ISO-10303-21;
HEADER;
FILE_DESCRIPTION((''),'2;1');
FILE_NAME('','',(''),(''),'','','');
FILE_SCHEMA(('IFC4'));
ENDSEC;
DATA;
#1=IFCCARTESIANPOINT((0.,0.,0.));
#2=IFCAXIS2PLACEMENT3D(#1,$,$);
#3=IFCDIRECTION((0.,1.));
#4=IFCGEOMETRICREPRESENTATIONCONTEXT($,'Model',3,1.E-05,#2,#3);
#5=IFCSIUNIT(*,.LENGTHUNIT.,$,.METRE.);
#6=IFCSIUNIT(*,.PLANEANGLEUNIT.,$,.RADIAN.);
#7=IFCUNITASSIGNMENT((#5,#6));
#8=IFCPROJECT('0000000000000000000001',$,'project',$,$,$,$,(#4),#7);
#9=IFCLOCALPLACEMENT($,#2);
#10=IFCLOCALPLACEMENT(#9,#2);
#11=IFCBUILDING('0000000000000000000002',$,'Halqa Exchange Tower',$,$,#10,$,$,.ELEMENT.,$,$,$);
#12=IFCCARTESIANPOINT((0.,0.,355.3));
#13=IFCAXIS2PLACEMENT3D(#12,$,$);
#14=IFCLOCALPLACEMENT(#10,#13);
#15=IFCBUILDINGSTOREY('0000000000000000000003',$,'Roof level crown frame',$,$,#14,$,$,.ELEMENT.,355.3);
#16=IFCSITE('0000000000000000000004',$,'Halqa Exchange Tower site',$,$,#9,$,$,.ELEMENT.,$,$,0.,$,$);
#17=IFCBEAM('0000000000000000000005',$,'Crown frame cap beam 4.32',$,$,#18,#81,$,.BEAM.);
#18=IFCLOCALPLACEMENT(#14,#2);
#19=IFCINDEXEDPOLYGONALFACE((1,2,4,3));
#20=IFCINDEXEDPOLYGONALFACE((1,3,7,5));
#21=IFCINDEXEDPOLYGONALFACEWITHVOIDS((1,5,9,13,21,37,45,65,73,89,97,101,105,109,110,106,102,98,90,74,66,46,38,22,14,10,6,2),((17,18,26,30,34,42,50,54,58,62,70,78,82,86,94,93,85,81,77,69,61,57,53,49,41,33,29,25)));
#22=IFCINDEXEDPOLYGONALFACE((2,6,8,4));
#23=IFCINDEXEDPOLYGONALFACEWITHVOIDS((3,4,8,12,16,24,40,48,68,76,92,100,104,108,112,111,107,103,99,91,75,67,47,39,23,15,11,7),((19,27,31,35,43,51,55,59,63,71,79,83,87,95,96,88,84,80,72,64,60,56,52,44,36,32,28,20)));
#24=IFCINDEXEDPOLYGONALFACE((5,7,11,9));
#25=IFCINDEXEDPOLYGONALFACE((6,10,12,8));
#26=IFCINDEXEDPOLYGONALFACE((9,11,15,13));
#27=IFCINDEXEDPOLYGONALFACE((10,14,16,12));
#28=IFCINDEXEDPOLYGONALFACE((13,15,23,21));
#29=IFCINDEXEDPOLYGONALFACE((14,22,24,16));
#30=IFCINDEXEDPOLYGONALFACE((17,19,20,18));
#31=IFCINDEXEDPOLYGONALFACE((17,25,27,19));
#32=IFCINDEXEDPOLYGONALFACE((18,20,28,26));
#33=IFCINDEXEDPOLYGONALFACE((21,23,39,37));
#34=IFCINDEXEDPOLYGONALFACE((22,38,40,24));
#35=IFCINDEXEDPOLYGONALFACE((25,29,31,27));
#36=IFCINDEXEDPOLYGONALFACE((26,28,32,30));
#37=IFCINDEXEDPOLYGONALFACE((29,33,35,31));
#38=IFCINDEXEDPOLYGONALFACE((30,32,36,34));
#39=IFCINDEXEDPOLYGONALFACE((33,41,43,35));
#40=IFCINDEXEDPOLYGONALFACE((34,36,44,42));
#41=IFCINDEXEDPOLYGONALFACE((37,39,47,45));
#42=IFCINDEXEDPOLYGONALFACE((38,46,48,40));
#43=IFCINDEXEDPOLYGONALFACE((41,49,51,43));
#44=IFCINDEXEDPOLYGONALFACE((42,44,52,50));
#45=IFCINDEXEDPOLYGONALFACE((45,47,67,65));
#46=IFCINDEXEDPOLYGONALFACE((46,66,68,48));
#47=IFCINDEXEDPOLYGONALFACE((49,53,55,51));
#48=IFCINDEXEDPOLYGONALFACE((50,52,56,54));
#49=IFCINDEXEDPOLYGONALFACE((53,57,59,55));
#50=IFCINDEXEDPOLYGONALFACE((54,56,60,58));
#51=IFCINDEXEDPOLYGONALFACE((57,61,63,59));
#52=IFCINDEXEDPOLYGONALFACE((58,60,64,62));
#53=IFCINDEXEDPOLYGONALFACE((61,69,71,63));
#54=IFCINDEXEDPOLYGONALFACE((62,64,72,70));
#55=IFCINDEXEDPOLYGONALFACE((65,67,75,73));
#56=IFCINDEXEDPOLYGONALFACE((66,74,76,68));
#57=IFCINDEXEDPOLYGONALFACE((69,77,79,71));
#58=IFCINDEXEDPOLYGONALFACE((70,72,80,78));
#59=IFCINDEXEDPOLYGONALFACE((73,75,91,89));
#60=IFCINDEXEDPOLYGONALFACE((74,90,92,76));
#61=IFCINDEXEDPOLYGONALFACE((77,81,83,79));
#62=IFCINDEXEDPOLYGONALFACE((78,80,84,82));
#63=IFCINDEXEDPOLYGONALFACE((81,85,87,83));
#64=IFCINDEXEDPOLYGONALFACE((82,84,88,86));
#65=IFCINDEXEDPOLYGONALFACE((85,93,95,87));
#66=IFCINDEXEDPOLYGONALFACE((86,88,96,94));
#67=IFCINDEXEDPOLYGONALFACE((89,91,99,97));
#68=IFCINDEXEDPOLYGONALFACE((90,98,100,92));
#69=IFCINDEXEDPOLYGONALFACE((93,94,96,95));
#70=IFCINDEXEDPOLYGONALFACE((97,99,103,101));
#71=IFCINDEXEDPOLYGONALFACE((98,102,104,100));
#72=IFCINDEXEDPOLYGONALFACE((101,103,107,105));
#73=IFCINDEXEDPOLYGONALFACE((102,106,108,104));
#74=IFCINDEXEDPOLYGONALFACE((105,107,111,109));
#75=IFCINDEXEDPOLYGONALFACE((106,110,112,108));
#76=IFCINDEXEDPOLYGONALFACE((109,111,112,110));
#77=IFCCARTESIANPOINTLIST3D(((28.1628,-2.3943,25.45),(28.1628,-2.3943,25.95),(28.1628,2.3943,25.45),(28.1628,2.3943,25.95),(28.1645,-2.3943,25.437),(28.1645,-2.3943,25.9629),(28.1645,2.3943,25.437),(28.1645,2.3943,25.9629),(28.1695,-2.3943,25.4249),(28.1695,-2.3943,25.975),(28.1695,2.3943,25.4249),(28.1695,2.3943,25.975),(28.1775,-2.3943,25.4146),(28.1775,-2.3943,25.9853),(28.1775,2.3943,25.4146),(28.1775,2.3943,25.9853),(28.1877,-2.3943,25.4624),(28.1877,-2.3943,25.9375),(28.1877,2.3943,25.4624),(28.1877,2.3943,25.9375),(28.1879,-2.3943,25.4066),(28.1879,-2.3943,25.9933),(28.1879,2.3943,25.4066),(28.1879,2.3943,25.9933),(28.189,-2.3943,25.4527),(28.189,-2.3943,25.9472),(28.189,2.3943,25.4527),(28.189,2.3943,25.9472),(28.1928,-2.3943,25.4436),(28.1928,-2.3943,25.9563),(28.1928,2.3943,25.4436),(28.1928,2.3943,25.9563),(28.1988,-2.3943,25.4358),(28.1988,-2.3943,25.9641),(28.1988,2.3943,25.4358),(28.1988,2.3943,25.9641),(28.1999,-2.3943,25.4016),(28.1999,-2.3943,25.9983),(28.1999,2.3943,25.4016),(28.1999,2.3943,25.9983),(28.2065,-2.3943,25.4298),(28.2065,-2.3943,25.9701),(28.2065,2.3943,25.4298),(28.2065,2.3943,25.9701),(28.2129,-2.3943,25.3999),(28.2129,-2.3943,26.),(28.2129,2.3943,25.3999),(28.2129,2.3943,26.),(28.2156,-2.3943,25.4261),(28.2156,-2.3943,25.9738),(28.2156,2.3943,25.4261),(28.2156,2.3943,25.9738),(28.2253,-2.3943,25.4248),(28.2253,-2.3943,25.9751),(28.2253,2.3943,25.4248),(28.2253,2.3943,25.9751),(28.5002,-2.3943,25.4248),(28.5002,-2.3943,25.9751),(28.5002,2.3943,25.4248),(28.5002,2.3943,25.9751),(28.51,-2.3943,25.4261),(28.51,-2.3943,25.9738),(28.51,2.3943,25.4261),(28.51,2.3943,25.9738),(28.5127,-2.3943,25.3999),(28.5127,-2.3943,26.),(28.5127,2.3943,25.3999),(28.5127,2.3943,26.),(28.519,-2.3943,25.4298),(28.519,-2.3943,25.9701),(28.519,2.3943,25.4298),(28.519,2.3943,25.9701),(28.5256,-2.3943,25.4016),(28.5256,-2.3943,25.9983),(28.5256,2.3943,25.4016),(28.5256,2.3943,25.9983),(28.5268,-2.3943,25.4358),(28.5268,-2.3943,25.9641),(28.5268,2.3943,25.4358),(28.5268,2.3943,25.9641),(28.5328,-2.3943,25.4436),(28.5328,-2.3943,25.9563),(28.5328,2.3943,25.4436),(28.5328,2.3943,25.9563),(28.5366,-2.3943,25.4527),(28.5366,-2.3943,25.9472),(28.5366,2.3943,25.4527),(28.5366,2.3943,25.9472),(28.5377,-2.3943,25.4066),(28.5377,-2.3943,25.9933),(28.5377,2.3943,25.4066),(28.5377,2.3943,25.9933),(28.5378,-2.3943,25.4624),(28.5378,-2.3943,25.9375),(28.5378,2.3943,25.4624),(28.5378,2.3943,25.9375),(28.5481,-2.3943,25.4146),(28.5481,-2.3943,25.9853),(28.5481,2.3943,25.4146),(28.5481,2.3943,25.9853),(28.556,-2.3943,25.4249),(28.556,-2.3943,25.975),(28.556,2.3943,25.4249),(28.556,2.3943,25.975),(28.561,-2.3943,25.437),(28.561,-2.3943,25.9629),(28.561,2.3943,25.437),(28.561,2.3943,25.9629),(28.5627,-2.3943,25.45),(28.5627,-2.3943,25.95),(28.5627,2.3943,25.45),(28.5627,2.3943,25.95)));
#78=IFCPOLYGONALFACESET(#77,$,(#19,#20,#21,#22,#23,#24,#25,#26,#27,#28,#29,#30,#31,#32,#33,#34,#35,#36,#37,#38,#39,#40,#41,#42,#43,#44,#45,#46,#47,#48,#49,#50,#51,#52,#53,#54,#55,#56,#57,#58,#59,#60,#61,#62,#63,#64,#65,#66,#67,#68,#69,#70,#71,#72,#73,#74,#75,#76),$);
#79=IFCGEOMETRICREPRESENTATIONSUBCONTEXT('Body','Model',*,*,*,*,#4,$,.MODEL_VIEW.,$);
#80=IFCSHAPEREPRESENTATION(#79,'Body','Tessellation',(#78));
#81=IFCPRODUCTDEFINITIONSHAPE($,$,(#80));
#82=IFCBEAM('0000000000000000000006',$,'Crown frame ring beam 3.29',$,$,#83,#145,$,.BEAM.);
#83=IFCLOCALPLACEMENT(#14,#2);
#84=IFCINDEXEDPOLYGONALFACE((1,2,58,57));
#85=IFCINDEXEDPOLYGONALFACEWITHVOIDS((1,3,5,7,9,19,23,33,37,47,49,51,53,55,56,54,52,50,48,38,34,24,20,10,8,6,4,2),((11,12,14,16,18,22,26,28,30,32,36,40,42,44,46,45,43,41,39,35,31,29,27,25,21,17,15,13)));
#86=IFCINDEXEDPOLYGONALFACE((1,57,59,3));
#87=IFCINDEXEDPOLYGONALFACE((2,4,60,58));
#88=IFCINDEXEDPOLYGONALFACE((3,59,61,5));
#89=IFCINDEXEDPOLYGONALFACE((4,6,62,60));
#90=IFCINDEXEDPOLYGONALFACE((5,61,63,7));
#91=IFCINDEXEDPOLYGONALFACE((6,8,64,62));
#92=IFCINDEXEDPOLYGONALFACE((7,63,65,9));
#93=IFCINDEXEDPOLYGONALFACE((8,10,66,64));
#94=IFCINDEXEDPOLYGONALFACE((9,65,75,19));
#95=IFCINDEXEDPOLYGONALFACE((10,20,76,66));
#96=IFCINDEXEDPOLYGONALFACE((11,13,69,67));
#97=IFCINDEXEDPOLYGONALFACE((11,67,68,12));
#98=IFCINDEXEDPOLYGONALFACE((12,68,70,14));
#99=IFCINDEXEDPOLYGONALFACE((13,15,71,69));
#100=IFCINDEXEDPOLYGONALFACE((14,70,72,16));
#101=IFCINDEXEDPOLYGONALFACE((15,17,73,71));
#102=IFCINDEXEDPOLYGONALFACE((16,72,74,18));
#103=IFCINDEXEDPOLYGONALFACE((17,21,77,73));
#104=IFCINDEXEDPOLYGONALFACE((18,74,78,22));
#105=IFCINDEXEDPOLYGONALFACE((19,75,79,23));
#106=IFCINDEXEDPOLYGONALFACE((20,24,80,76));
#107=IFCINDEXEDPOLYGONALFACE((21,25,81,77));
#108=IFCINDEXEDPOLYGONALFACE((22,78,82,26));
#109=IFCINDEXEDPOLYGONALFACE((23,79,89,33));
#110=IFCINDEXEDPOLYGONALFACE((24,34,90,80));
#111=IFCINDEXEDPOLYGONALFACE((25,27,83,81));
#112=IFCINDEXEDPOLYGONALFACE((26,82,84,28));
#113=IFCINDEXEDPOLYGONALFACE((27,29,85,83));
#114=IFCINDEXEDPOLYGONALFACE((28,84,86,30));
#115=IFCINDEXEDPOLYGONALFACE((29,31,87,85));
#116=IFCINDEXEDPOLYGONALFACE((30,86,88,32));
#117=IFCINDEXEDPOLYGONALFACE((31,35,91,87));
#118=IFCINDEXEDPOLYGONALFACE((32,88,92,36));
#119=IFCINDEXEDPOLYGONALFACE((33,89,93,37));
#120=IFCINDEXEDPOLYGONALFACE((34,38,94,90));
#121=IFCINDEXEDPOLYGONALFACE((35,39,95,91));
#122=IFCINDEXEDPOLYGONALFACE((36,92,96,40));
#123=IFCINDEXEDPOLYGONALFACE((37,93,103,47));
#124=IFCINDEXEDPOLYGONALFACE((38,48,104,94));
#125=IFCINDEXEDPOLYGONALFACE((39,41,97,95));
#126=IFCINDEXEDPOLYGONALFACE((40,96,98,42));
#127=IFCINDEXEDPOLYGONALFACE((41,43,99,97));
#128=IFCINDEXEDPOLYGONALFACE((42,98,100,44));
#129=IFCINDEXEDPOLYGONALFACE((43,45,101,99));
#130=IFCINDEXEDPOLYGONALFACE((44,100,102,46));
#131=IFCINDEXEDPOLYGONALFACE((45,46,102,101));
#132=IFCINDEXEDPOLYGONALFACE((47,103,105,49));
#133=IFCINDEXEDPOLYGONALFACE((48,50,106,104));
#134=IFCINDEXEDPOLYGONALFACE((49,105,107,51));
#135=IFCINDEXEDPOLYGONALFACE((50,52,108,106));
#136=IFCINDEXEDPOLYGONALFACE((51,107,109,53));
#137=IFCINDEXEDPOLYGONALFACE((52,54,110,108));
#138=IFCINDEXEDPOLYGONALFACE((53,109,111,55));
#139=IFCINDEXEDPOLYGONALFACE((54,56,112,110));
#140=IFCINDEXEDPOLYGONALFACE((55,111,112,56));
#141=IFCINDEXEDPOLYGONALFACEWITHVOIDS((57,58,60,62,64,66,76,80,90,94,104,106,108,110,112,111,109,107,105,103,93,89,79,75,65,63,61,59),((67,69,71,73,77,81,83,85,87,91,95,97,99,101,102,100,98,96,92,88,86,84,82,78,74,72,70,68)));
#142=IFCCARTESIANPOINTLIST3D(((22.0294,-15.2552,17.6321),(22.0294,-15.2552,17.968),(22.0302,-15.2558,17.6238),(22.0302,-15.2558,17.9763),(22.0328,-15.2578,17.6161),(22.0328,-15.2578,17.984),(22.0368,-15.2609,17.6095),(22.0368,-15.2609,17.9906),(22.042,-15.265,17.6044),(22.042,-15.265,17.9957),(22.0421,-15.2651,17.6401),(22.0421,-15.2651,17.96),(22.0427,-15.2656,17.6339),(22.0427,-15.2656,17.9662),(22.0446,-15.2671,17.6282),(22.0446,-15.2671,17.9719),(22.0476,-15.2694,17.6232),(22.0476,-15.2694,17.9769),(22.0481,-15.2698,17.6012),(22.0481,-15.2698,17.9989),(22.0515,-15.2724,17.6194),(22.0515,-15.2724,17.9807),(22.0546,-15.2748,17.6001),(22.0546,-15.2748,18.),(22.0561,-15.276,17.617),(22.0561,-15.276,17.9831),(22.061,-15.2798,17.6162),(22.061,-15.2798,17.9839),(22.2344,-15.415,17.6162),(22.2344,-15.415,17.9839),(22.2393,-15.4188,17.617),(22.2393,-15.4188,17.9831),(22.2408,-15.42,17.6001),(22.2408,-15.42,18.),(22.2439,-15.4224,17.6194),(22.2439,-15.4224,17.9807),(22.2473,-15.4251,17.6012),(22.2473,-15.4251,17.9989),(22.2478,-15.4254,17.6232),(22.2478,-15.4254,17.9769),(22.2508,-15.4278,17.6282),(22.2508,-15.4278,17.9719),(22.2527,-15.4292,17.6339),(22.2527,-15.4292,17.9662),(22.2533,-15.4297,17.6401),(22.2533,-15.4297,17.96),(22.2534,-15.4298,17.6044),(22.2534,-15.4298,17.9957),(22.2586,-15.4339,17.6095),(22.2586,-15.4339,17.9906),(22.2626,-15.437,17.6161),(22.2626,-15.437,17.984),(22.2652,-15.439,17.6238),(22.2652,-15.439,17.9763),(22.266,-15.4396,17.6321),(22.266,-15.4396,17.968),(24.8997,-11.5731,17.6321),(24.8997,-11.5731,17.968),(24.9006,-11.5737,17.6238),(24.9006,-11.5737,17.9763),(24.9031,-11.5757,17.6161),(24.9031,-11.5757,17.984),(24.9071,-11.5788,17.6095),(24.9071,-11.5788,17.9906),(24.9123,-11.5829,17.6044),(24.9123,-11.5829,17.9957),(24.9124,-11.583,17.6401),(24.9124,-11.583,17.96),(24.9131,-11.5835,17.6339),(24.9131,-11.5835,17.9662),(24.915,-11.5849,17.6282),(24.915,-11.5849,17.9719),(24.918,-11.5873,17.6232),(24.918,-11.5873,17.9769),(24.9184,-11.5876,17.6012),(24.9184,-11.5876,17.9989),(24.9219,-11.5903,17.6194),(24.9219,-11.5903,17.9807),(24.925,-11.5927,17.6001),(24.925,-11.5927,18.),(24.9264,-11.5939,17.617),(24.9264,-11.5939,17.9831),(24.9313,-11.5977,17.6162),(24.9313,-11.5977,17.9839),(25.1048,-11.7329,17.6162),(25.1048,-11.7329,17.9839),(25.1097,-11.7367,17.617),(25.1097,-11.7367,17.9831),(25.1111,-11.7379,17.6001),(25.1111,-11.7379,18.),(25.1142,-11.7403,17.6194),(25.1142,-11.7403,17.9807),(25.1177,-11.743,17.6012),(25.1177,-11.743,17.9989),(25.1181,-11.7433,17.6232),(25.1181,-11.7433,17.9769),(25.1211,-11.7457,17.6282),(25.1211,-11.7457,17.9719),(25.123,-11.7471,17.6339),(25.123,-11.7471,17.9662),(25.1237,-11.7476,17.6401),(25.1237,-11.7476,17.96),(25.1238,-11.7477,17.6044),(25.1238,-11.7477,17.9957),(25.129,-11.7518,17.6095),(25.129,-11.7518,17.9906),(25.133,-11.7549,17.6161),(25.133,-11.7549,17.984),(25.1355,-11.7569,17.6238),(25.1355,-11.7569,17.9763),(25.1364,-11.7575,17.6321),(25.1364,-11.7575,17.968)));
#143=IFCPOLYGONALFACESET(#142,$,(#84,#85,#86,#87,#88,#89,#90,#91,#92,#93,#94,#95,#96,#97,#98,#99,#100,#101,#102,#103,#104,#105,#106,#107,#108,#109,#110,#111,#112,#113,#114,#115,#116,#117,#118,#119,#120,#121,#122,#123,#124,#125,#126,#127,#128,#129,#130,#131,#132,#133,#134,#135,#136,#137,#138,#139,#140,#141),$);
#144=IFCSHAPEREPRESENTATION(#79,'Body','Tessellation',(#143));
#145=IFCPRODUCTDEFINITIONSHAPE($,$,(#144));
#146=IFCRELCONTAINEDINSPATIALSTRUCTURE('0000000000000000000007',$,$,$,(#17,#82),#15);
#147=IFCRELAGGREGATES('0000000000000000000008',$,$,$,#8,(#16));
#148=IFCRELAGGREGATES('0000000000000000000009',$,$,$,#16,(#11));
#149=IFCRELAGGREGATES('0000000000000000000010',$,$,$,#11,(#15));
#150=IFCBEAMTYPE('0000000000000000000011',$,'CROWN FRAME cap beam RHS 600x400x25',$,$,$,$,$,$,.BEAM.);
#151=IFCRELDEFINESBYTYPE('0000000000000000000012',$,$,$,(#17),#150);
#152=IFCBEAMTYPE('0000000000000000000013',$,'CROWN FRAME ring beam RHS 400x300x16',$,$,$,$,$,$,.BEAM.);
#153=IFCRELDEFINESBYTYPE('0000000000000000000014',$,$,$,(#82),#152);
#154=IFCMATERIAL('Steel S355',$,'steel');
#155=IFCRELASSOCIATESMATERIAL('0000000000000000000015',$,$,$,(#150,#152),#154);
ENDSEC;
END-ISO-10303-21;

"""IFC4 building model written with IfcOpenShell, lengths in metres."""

from ifc_helpers import new_model, si_unit, direction, frame, origin, origin_2d, place, context, subcontext, project, spatial, hollow_rectangle, extrude, material, material_profile, profile_set, type_object, element, save


model = new_model("IFC4")

# Units and contexts
model_context = context("Model", 3, precision=1e-05, world=origin(), true_north=direction((0.0, 1.0)))
body_context = subcontext(model_context, "Body", "Model", "MODEL_VIEW")
ifc_project = project(units=[si_unit("LENGTHUNIT", "METRE"), si_unit("PLANEANGLEUNIT", "RADIAN")], contexts=[model_context])

# Site, building, storey
site_placement = place(None, origin())
site = spatial("IfcSite", under=ifc_project, at=site_placement, Name="Halqa Exchange Tower site", CompositionType="ELEMENT", RefElevation=0.0)
building_placement = place(site_placement, origin())
building = spatial("IfcBuilding", under=site, at=building_placement, Name="Halqa Exchange Tower", CompositionType="ELEMENT")
storey_placement = place(building_placement, frame((0.0, 0.0, 355.3)))
storey = spatial("IfcBuildingStorey", under=building, at=storey_placement, Name="Roof level crown frame", CompositionType="ELEMENT", Elevation=355.3)

# Shared definitions
ifc_material_1 = material(Name="Steel S355", Category="steel")

# Beams
ifc_material_profile_1 = material_profile(ifc_material_1, hollow_rectangle(XDim=0.3999, YDim=0.6001, WallThickness=0.0249, InnerFilletRadius=0.0376, OuterFilletRadius=0.05, at=origin_2d()), Name="RHS 600x400x25")
ifc_profile_set_1 = profile_set([ifc_material_profile_1], Name="Steel S355")
beam_type_1 = type_object("IfcBeamType", Name="CROWN FRAME cap beam RHS 600x400x25", PredefinedType="BEAM", material=ifc_profile_set_1)
beam_1_placement = place(storey_placement, frame((28.3628, -2.3943, 25.7), z_axis=(0.0, 1.0, 0.0), x_axis=(-1.0, 0.0, 0.0)))
element("IfcBeam", 1, at=beam_1_placement, inside=storey, type_object=beam_type_1, Name="Crown frame cap beam 4.32", PredefinedType="BEAM", context=body_context, shape_type="SweptSolid", body=[
    extrude(hollow_rectangle(XDim=0.3999, YDim=0.6001, WallThickness=0.0249, InnerFilletRadius=0.0376, OuterFilletRadius=0.05, at=origin_2d()), origin(), (0.0, 0.0, 1.0), 4.7886),
])
ifc_material_profile_2 = material_profile(ifc_material_1, hollow_rectangle(XDim=0.3, YDim=0.3999, WallThickness=0.0161, InnerFilletRadius=0.0239, OuterFilletRadius=0.032, at=origin_2d()), Name="RHS 400x300x16")
ifc_profile_set_2 = profile_set([ifc_material_profile_2], Name="Steel S355")
beam_type_2 = type_object("IfcBeamType", Name="CROWN FRAME ring beam RHS 400x300x16", PredefinedType="BEAM", material=ifc_profile_set_2)
beam_2_placement = place(storey_placement, frame((22.1477, -15.3474, 17.8), z_axis=(0.614805, 0.788679, 0.0), x_axis=(-0.788679, 0.614805, 0.0)))
element("IfcBeam", 2, at=beam_2_placement, inside=storey, type_object=beam_type_2, Name="Crown frame ring beam 3.29", PredefinedType="BEAM", context=body_context, shape_type="SweptSolid", body=[
    extrude(hollow_rectangle(XDim=0.3, YDim=0.3999, WallThickness=0.0161, InnerFilletRadius=0.0239, OuterFilletRadius=0.032, at=origin_2d()), origin(), (0.0, 0.0, 1.0), 4.6687),
])

save(model, "model.ifc")
